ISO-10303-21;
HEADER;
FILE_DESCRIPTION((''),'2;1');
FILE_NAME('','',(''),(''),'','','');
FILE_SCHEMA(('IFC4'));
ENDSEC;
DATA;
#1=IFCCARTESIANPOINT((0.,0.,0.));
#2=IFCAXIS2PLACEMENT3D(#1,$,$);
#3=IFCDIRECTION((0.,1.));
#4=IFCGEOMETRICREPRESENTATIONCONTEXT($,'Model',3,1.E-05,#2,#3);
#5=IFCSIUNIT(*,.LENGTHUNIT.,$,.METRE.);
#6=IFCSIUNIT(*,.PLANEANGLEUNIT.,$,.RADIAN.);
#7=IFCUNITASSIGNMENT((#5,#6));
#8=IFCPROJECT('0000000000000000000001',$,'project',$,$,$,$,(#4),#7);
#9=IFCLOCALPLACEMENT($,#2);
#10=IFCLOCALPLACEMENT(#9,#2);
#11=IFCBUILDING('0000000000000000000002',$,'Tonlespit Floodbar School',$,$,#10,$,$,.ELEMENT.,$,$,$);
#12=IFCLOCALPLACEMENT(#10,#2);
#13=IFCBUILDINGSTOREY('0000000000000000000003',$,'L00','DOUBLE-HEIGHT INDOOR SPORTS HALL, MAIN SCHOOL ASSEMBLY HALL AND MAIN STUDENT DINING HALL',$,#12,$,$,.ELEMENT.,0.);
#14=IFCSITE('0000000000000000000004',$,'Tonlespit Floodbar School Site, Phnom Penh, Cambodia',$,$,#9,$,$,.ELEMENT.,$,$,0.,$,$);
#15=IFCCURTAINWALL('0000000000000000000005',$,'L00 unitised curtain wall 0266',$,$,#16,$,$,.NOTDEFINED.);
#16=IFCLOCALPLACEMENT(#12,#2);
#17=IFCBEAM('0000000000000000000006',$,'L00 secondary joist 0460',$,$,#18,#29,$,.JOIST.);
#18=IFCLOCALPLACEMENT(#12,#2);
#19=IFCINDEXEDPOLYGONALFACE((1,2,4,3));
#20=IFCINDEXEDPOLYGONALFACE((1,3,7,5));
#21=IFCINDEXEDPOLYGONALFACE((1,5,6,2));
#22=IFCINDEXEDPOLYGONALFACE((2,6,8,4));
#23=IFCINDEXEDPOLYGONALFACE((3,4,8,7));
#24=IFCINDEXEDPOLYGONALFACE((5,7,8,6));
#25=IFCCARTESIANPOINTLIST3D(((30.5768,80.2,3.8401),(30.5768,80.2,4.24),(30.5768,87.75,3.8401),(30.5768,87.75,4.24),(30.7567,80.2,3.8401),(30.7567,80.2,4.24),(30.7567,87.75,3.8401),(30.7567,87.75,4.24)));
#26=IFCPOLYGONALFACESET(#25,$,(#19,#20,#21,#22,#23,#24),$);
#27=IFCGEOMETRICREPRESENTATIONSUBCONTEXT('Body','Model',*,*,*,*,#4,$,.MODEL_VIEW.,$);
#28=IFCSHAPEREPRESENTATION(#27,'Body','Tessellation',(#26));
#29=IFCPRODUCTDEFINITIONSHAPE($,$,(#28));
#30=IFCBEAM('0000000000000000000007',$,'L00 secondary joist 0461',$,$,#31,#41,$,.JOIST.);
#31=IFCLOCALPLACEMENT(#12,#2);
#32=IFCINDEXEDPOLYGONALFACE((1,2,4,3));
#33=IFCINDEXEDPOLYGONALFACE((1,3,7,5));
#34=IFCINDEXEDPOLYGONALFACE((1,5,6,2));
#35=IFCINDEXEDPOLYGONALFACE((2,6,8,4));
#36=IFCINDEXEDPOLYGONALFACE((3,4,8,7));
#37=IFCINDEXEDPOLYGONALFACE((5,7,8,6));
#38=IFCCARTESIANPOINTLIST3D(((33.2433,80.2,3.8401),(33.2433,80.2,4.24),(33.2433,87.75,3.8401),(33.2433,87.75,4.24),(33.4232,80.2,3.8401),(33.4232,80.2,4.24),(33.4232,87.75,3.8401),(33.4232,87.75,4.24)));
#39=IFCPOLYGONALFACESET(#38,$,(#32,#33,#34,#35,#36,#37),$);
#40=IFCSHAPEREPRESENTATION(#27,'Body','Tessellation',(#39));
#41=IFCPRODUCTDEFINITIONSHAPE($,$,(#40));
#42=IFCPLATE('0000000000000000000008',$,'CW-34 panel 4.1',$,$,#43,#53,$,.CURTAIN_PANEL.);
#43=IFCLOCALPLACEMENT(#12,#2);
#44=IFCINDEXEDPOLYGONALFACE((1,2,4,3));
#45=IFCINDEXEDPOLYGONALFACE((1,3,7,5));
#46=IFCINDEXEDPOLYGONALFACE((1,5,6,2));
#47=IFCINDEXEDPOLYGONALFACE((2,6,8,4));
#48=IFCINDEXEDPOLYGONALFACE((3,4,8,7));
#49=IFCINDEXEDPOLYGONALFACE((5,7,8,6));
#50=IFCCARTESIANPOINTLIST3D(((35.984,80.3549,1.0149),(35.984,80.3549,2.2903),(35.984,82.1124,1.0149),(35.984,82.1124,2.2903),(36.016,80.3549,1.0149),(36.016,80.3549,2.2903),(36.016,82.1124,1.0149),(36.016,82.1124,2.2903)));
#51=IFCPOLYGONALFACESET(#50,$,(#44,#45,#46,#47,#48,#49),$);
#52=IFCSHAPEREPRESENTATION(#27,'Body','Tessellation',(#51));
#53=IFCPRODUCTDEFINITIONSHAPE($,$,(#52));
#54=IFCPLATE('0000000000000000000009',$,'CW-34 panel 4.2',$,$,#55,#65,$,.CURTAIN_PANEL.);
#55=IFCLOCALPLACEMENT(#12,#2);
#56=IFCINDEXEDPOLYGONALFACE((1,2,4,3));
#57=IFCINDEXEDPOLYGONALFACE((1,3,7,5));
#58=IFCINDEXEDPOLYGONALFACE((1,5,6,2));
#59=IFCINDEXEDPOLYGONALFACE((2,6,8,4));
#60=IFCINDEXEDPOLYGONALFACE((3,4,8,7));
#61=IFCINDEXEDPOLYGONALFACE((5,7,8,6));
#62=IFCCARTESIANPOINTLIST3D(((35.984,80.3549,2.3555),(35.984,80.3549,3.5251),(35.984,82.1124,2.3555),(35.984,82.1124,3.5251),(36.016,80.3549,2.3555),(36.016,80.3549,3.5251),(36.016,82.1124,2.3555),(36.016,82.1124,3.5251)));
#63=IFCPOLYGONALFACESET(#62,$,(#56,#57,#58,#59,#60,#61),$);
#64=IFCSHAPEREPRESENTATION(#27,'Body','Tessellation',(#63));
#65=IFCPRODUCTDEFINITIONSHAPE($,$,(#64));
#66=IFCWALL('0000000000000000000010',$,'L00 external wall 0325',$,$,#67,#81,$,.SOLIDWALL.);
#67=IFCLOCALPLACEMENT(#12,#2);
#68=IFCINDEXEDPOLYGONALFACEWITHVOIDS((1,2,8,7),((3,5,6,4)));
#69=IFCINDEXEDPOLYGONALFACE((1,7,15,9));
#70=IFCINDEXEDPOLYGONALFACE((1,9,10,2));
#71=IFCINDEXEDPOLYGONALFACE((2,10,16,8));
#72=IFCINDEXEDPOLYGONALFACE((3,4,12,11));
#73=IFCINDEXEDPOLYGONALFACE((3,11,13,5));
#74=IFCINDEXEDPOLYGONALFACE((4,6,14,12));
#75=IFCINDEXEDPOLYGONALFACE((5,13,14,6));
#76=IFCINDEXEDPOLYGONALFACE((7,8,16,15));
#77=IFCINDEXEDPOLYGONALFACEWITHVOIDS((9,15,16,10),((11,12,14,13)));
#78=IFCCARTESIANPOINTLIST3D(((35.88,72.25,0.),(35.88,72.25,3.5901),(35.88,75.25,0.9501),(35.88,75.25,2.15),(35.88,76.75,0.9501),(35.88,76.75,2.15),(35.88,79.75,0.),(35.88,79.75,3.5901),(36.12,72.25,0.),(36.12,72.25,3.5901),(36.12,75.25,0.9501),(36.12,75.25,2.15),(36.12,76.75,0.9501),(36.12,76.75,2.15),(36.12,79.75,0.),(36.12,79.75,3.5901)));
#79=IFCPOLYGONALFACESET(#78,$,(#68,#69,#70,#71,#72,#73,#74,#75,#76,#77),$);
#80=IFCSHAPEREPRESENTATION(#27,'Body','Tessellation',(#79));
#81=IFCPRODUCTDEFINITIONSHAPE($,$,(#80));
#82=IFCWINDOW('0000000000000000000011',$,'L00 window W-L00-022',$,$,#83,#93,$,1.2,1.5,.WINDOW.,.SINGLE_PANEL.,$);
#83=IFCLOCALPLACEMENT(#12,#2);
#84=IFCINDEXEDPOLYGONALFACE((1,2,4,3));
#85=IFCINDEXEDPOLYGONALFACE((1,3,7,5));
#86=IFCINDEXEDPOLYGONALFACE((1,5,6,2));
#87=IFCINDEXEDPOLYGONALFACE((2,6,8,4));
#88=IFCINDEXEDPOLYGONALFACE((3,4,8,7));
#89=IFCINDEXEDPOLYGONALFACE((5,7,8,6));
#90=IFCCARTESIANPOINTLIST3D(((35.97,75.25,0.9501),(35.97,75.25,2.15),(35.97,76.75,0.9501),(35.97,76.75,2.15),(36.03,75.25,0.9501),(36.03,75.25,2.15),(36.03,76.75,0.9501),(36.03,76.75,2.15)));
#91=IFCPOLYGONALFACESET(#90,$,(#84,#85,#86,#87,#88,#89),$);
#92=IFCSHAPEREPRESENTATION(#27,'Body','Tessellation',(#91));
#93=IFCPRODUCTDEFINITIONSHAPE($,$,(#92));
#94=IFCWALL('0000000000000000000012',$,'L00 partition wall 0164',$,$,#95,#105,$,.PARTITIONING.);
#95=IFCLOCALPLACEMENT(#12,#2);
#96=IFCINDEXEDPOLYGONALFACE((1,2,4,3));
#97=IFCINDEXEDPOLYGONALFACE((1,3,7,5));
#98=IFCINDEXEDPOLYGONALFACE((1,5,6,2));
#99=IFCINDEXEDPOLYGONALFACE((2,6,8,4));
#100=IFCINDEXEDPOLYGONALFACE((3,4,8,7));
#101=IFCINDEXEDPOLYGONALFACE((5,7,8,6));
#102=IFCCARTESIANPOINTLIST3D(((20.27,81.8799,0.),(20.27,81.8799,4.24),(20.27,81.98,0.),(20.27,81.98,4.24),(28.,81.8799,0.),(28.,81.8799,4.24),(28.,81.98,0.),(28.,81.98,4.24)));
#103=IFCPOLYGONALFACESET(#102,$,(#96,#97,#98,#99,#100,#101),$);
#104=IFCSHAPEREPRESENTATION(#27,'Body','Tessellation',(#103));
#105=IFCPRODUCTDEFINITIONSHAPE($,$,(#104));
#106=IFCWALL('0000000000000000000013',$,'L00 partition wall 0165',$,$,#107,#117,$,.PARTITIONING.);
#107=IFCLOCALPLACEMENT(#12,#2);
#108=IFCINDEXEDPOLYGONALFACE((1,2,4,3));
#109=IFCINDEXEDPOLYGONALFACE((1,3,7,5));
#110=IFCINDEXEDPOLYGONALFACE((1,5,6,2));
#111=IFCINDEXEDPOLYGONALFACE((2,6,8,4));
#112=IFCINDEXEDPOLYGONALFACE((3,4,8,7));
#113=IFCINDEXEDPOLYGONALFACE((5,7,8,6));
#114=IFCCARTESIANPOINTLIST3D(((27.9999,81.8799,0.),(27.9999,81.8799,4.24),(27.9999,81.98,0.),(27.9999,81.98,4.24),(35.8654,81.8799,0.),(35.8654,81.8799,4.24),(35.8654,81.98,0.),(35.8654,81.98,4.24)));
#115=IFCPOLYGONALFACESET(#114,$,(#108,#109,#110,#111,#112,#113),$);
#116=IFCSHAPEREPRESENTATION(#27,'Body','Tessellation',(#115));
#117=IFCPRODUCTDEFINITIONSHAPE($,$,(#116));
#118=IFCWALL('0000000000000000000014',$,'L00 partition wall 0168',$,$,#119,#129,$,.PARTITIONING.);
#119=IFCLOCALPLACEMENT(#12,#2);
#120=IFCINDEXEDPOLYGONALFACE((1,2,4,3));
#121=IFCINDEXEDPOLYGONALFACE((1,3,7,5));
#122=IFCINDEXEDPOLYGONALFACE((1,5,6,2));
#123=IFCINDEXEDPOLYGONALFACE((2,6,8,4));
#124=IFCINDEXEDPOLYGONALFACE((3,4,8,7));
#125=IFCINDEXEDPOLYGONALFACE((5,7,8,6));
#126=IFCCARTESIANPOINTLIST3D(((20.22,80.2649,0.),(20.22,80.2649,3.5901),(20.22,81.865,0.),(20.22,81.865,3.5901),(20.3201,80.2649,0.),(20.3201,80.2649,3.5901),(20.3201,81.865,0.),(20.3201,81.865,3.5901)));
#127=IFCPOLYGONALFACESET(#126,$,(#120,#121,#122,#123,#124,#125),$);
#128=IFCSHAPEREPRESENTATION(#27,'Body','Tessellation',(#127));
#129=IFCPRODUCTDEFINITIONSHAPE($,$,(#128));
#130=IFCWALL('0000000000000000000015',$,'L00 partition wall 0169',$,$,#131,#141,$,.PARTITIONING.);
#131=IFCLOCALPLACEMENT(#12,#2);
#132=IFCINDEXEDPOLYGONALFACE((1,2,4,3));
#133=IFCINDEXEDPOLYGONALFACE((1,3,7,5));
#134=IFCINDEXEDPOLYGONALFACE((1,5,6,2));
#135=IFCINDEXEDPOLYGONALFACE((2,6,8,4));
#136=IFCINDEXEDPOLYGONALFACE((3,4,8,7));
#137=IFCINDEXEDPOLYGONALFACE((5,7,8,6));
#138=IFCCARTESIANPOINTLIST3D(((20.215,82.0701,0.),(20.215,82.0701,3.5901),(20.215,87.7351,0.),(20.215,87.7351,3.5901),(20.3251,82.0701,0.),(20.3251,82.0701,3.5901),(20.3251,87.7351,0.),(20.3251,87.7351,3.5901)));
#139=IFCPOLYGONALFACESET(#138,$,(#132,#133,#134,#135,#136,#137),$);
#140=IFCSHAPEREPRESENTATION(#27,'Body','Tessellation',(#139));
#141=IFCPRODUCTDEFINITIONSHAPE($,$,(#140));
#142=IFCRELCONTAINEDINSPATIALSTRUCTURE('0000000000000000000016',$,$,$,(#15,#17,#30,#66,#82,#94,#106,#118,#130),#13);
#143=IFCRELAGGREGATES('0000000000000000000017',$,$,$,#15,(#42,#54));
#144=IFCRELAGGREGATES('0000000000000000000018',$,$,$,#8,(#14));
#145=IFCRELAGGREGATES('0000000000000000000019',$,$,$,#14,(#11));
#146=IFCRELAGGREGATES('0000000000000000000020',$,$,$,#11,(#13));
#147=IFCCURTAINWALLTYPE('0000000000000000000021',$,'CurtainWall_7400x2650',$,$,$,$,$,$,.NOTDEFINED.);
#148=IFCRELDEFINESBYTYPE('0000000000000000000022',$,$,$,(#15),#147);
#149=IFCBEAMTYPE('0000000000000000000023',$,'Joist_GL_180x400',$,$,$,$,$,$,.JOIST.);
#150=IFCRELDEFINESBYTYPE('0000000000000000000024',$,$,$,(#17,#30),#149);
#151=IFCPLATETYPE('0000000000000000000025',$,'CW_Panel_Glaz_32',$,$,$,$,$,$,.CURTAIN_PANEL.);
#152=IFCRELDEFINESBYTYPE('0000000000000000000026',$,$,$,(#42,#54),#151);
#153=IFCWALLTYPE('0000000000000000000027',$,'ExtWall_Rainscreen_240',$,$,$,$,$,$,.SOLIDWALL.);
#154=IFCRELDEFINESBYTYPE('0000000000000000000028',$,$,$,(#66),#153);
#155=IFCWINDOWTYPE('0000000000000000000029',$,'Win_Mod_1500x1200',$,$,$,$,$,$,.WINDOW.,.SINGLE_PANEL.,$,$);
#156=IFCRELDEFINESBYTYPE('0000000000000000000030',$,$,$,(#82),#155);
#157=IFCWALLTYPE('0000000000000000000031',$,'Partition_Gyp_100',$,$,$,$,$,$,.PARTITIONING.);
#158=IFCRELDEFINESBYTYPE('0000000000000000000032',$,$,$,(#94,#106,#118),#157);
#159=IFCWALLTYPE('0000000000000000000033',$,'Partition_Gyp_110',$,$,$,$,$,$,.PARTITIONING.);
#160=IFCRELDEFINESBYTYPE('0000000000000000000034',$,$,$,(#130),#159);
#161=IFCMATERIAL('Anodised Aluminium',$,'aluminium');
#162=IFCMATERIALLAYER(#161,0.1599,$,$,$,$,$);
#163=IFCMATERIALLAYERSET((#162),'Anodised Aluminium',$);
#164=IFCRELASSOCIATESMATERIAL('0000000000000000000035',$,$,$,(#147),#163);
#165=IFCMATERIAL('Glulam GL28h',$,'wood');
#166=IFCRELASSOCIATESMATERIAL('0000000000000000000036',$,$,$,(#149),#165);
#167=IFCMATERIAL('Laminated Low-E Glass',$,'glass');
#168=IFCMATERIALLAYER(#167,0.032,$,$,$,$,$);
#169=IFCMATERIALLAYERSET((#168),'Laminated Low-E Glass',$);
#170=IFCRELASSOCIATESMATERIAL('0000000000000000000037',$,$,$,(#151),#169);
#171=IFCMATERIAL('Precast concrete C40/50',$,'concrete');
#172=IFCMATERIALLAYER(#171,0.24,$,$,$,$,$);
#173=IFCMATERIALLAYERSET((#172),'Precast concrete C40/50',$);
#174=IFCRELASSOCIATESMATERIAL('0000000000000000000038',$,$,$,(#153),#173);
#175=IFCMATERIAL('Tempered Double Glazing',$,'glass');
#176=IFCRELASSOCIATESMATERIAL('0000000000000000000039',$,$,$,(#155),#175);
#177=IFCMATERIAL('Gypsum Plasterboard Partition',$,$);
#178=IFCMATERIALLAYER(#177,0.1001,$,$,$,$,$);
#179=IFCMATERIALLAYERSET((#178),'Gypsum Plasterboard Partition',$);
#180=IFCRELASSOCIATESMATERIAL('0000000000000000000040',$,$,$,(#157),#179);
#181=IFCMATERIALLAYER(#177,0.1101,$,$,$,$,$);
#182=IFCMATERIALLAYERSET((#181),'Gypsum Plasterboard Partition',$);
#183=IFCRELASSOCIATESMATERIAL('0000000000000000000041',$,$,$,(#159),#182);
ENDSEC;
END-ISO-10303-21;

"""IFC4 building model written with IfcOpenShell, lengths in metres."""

from ifc_helpers import new_model, si_unit, direction, frame, frame_2d, origin, origin_2d, place, context, subcontext, project, spatial, rectangle, extrude, material, layer, layer_set, material_profile, profile_set, type_object, element, fill, aggregate, save


model = new_model("IFC4")

# Units and contexts
model_context = context("Model", 3, precision=1e-05, world=origin(), true_north=direction((0.0, 1.0)))
body_context = subcontext(model_context, "Body", "Model", "MODEL_VIEW")
ifc_project = project(units=[si_unit("LENGTHUNIT", "METRE"), si_unit("PLANEANGLEUNIT", "RADIAN")], contexts=[model_context])

# Site, building, storey
site_placement = place(None, origin())
site = spatial("IfcSite", under=ifc_project, at=site_placement, Name="Tonlespit Floodbar School Site, Phnom Penh, Cambodia", CompositionType="ELEMENT", RefElevation=0.0)
building_placement = place(site_placement, origin())
building = spatial("IfcBuilding", under=site, at=building_placement, Name="Tonlespit Floodbar School", CompositionType="ELEMENT")
storey_placement = place(building_placement, origin())
storey = spatial("IfcBuildingStorey", under=building, at=storey_placement, Name="L00", Description="DOUBLE-HEIGHT INDOOR SPORTS HALL, MAIN SCHOOL ASSEMBLY HALL AND MAIN STUDENT DINING HALL", CompositionType="ELEMENT", Elevation=0.0)

# Curtain wall
ifc_material_1 = material(Name="Anodised Aluminium", Category="aluminium")
ifc_layer_1 = layer(ifc_material_1, 0.1599)
ifc_layer_set_1 = layer_set([ifc_layer_1], Name="Anodised Aluminium")
curtain_wall_type = type_object("IfcCurtainWallType", Name="CurtainWall_7400x2650", PredefinedType="NOTDEFINED", material=ifc_layer_set_1)
curtain_wall_placement = place(storey_placement, origin())
curtain_wall = element("IfcCurtainWall", 1, at=curtain_wall_placement, inside=storey, type_object=curtain_wall_type, Name="L00 unitised curtain wall 0266", PredefinedType="NOTDEFINED")

# Beams
ifc_material_2 = material(Name="Glulam GL28h", Category="wood")
ifc_material_profile_1 = material_profile(ifc_material_2, rectangle(XDim=0.1799, YDim=0.3999, at=origin_2d()), Name="GL 180x400")
ifc_profile_set_1 = profile_set([ifc_material_profile_1], Name="Glulam GL28h")
beam_type_1 = type_object("IfcBeamType", Name="Joist_GL_180x400", PredefinedType="JOIST", material=ifc_profile_set_1)
for number, where, z_axis, x_axis, name in (
    (2, (30.6667, 80.2, 4.04), (0.0, 1.0, 0.0), (-1.0, 0.0, 0.0), "L00 secondary joist 0460"),
    (3, (33.3333, 80.2, 4.04), (0.0, 1.0, 0.0), (-1.0, 0.0, 0.0), "L00 secondary joist 0461"),
):
    element("IfcBeam", number, at=place(storey_placement, frame(where, z_axis=z_axis, x_axis=x_axis)), inside=storey, type_object=beam_type_1, Name=name, PredefinedType="JOIST", context=body_context, shape_type="SweptSolid", body=[
        extrude(rectangle(XDim=0.1799, YDim=0.3999, at=origin_2d()), origin(), (0.0, 0.0, 1.0), 7.55),
    ])

# Plates
ifc_material_3 = material(Name="Laminated Low-E Glass", Category="glass")
ifc_layer_2 = layer(ifc_material_3, 0.032)
ifc_layer_set_2 = layer_set([ifc_layer_2], Name="Laminated Low-E Glass")
plate_type = type_object("IfcPlateType", Name="CW_Panel_Glaz_32", PredefinedType="CURTAIN_PANEL", material=ifc_layer_set_2)
plate_1_placement = place(storey_placement, frame((36.0, 81.2336, 1.0149), z_axis=(0.0, 0.0, 1.0), x_axis=(0.0, -1.0, 0.0)))
plate_1 = element("IfcPlate", 4, at=plate_1_placement, type_object=plate_type, Name="CW-34 panel 4.1", PredefinedType="CURTAIN_PANEL", context=body_context, shape_type="SweptSolid", body=[
    extrude(rectangle(XDim=1.7576, YDim=0.032, at=origin_2d()), origin(), (0.0, 0.0, 1.0), 1.2754),
])
plate_2_placement = place(storey_placement, frame((36.0, 81.2336, 2.3555), z_axis=(0.0, 0.0, 1.0), x_axis=(0.0, -1.0, 0.0)))
plate_2 = element("IfcPlate", 5, at=plate_2_placement, type_object=plate_type, Name="CW-34 panel 4.2", PredefinedType="CURTAIN_PANEL", context=body_context, shape_type="SweptSolid", body=[
    extrude(rectangle(XDim=1.7576, YDim=0.032, at=origin_2d()), origin(), (0.0, 0.0, 1.0), 1.1697),
])
aggregate(curtain_wall, [plate_1, plate_2])

# Wall, opening, window
ifc_material_4 = material(Name="Precast concrete C40/50", Category="concrete")
ifc_layer_3 = layer(ifc_material_4, 0.24)
ifc_layer_set_3 = layer_set([ifc_layer_3], Name="Precast concrete C40/50")
wall_type_1 = type_object("IfcWallType", Name="ExtWall_Rainscreen_240", PredefinedType="SOLIDWALL", material=ifc_layer_set_3)
wall_1_placement = place(storey_placement, frame((36.0, 79.75, 0.0), z_axis=(0.0, 0.0, 1.0), x_axis=(0.0, -1.0, 0.0)))
wall_1 = element("IfcWall", 6, at=wall_1_placement, inside=storey, type_object=wall_type_1, Name="L00 external wall 0325", PredefinedType="SOLIDWALL", context=body_context, shape_type="SweptSolid", body=[
    extrude(rectangle(XDim=7.5, YDim=0.24, at=frame_2d((3.75, 0.0))), origin(), (0.0, 0.0, 1.0), 3.5901),
])
opening_placement = place(wall_1_placement, frame((3.0, 0.0, 0.95)))
opening = element("IfcOpeningElement", 7, at=opening_placement, cuts=wall_1, PredefinedType="OPENING", context=body_context, shape_type="SweptSolid", body=[
    extrude(rectangle(XDim=1.5, YDim=1.2, at=frame_2d((0.75, 0.6001))), frame((0.0, 0.1299, 0.0), z_axis=(0.0, -1.0, 0.0), x_axis=(1.0, 0.0, 0.0)), (0.0, 0.0, 1.0), 0.26),
])
ifc_material_5 = material(Name="Tempered Double Glazing", Category="glass")
window_type = type_object("IfcWindowType", Name="Win_Mod_1500x1200", PartitioningType="SINGLE_PANEL", PredefinedType="WINDOW", material=ifc_material_5)
window_placement = place(opening_placement, origin())
window = element("IfcWindow", 8, at=window_placement, inside=storey, type_object=window_type, Name="L00 window W-L00-022", OverallHeight=1.2, OverallWidth=1.5, PartitioningType="SINGLE_PANEL", PredefinedType="WINDOW", context=body_context, shape_type="SweptSolid", body=[
    extrude(rectangle(XDim=1.5, YDim=1.2, at=frame_2d((0.75, 0.6001))), frame((0.0, 0.03, 0.0), z_axis=(0.0, -1.0, 0.0), x_axis=(1.0, 0.0, 0.0)), (0.0, 0.0, 1.0), 0.0601),
])
fill(opening, window)

# Walls
ifc_material_6 = material(Name="Gypsum Plasterboard Partition")
ifc_layer_4 = layer(ifc_material_6, 0.1001)
ifc_layer_set_4 = layer_set([ifc_layer_4], Name="Gypsum Plasterboard Partition")
wall_type_2 = type_object("IfcWallType", Name="Partition_Gyp_100", PredefinedType="PARTITIONING", material=ifc_layer_set_4)
wall_2_placement = place(storey_placement, frame((20.27, 81.9299, 0.0), z_axis=(0.0, 0.0, 1.0), x_axis=(1.0, 0.0, 0.0)))
element("IfcWall", 9, at=wall_2_placement, inside=storey, type_object=wall_type_2, Name="L00 partition wall 0164", PredefinedType="PARTITIONING", context=body_context, shape_type="SweptSolid", body=[
    extrude(rectangle(XDim=7.73, YDim=0.1001, at=frame_2d((3.865, 0.0))), origin(), (0.0, 0.0, 1.0), 4.24),
])
wall_3_placement = place(storey_placement, frame((28.0, 81.9299, 0.0), z_axis=(0.0, 0.0, 1.0), x_axis=(1.0, 0.0, 0.0)))
element("IfcWall", 10, at=wall_3_placement, inside=storey, type_object=wall_type_2, Name="L00 partition wall 0165", PredefinedType="PARTITIONING", context=body_context, shape_type="SweptSolid", body=[
    extrude(rectangle(XDim=7.8655, YDim=0.1001, at=frame_2d((3.9326, 0.0))), origin(), (0.0, 0.0, 1.0), 4.24),
])
wall_4_placement = place(storey_placement, frame((20.27, 80.2649, 0.0), z_axis=(0.0, 0.0, 1.0), x_axis=(0.0, 1.0, 0.0)))
element("IfcWall", 11, at=wall_4_placement, inside=storey, type_object=wall_type_2, Name="L00 partition wall 0168", PredefinedType="PARTITIONING", context=body_context, shape_type="SweptSolid", body=[
    extrude(rectangle(XDim=1.6001, YDim=0.1001, at=frame_2d((0.8, 0.0))), origin(), (0.0, 0.0, 1.0), 3.5901),
])
ifc_layer_5 = layer(ifc_material_6, 0.1101)
ifc_layer_set_5 = layer_set([ifc_layer_5], Name="Gypsum Plasterboard Partition")
wall_type_3 = type_object("IfcWallType", Name="Partition_Gyp_110", PredefinedType="PARTITIONING", material=ifc_layer_set_5)
wall_5_placement = place(storey_placement, frame((20.27, 82.0701, 0.0), z_axis=(0.0, 0.0, 1.0), x_axis=(0.0, 1.0, 0.0)))
element("IfcWall", 12, at=wall_5_placement, inside=storey, type_object=wall_type_3, Name="L00 partition wall 0169", PredefinedType="PARTITIONING", context=body_context, shape_type="SweptSolid", body=[
    extrude(rectangle(XDim=5.665, YDim=0.1101, at=frame_2d((2.8325, 0.0))), origin(), (0.0, 0.0, 1.0), 3.5901),
])

save(model, "model.ifc")
